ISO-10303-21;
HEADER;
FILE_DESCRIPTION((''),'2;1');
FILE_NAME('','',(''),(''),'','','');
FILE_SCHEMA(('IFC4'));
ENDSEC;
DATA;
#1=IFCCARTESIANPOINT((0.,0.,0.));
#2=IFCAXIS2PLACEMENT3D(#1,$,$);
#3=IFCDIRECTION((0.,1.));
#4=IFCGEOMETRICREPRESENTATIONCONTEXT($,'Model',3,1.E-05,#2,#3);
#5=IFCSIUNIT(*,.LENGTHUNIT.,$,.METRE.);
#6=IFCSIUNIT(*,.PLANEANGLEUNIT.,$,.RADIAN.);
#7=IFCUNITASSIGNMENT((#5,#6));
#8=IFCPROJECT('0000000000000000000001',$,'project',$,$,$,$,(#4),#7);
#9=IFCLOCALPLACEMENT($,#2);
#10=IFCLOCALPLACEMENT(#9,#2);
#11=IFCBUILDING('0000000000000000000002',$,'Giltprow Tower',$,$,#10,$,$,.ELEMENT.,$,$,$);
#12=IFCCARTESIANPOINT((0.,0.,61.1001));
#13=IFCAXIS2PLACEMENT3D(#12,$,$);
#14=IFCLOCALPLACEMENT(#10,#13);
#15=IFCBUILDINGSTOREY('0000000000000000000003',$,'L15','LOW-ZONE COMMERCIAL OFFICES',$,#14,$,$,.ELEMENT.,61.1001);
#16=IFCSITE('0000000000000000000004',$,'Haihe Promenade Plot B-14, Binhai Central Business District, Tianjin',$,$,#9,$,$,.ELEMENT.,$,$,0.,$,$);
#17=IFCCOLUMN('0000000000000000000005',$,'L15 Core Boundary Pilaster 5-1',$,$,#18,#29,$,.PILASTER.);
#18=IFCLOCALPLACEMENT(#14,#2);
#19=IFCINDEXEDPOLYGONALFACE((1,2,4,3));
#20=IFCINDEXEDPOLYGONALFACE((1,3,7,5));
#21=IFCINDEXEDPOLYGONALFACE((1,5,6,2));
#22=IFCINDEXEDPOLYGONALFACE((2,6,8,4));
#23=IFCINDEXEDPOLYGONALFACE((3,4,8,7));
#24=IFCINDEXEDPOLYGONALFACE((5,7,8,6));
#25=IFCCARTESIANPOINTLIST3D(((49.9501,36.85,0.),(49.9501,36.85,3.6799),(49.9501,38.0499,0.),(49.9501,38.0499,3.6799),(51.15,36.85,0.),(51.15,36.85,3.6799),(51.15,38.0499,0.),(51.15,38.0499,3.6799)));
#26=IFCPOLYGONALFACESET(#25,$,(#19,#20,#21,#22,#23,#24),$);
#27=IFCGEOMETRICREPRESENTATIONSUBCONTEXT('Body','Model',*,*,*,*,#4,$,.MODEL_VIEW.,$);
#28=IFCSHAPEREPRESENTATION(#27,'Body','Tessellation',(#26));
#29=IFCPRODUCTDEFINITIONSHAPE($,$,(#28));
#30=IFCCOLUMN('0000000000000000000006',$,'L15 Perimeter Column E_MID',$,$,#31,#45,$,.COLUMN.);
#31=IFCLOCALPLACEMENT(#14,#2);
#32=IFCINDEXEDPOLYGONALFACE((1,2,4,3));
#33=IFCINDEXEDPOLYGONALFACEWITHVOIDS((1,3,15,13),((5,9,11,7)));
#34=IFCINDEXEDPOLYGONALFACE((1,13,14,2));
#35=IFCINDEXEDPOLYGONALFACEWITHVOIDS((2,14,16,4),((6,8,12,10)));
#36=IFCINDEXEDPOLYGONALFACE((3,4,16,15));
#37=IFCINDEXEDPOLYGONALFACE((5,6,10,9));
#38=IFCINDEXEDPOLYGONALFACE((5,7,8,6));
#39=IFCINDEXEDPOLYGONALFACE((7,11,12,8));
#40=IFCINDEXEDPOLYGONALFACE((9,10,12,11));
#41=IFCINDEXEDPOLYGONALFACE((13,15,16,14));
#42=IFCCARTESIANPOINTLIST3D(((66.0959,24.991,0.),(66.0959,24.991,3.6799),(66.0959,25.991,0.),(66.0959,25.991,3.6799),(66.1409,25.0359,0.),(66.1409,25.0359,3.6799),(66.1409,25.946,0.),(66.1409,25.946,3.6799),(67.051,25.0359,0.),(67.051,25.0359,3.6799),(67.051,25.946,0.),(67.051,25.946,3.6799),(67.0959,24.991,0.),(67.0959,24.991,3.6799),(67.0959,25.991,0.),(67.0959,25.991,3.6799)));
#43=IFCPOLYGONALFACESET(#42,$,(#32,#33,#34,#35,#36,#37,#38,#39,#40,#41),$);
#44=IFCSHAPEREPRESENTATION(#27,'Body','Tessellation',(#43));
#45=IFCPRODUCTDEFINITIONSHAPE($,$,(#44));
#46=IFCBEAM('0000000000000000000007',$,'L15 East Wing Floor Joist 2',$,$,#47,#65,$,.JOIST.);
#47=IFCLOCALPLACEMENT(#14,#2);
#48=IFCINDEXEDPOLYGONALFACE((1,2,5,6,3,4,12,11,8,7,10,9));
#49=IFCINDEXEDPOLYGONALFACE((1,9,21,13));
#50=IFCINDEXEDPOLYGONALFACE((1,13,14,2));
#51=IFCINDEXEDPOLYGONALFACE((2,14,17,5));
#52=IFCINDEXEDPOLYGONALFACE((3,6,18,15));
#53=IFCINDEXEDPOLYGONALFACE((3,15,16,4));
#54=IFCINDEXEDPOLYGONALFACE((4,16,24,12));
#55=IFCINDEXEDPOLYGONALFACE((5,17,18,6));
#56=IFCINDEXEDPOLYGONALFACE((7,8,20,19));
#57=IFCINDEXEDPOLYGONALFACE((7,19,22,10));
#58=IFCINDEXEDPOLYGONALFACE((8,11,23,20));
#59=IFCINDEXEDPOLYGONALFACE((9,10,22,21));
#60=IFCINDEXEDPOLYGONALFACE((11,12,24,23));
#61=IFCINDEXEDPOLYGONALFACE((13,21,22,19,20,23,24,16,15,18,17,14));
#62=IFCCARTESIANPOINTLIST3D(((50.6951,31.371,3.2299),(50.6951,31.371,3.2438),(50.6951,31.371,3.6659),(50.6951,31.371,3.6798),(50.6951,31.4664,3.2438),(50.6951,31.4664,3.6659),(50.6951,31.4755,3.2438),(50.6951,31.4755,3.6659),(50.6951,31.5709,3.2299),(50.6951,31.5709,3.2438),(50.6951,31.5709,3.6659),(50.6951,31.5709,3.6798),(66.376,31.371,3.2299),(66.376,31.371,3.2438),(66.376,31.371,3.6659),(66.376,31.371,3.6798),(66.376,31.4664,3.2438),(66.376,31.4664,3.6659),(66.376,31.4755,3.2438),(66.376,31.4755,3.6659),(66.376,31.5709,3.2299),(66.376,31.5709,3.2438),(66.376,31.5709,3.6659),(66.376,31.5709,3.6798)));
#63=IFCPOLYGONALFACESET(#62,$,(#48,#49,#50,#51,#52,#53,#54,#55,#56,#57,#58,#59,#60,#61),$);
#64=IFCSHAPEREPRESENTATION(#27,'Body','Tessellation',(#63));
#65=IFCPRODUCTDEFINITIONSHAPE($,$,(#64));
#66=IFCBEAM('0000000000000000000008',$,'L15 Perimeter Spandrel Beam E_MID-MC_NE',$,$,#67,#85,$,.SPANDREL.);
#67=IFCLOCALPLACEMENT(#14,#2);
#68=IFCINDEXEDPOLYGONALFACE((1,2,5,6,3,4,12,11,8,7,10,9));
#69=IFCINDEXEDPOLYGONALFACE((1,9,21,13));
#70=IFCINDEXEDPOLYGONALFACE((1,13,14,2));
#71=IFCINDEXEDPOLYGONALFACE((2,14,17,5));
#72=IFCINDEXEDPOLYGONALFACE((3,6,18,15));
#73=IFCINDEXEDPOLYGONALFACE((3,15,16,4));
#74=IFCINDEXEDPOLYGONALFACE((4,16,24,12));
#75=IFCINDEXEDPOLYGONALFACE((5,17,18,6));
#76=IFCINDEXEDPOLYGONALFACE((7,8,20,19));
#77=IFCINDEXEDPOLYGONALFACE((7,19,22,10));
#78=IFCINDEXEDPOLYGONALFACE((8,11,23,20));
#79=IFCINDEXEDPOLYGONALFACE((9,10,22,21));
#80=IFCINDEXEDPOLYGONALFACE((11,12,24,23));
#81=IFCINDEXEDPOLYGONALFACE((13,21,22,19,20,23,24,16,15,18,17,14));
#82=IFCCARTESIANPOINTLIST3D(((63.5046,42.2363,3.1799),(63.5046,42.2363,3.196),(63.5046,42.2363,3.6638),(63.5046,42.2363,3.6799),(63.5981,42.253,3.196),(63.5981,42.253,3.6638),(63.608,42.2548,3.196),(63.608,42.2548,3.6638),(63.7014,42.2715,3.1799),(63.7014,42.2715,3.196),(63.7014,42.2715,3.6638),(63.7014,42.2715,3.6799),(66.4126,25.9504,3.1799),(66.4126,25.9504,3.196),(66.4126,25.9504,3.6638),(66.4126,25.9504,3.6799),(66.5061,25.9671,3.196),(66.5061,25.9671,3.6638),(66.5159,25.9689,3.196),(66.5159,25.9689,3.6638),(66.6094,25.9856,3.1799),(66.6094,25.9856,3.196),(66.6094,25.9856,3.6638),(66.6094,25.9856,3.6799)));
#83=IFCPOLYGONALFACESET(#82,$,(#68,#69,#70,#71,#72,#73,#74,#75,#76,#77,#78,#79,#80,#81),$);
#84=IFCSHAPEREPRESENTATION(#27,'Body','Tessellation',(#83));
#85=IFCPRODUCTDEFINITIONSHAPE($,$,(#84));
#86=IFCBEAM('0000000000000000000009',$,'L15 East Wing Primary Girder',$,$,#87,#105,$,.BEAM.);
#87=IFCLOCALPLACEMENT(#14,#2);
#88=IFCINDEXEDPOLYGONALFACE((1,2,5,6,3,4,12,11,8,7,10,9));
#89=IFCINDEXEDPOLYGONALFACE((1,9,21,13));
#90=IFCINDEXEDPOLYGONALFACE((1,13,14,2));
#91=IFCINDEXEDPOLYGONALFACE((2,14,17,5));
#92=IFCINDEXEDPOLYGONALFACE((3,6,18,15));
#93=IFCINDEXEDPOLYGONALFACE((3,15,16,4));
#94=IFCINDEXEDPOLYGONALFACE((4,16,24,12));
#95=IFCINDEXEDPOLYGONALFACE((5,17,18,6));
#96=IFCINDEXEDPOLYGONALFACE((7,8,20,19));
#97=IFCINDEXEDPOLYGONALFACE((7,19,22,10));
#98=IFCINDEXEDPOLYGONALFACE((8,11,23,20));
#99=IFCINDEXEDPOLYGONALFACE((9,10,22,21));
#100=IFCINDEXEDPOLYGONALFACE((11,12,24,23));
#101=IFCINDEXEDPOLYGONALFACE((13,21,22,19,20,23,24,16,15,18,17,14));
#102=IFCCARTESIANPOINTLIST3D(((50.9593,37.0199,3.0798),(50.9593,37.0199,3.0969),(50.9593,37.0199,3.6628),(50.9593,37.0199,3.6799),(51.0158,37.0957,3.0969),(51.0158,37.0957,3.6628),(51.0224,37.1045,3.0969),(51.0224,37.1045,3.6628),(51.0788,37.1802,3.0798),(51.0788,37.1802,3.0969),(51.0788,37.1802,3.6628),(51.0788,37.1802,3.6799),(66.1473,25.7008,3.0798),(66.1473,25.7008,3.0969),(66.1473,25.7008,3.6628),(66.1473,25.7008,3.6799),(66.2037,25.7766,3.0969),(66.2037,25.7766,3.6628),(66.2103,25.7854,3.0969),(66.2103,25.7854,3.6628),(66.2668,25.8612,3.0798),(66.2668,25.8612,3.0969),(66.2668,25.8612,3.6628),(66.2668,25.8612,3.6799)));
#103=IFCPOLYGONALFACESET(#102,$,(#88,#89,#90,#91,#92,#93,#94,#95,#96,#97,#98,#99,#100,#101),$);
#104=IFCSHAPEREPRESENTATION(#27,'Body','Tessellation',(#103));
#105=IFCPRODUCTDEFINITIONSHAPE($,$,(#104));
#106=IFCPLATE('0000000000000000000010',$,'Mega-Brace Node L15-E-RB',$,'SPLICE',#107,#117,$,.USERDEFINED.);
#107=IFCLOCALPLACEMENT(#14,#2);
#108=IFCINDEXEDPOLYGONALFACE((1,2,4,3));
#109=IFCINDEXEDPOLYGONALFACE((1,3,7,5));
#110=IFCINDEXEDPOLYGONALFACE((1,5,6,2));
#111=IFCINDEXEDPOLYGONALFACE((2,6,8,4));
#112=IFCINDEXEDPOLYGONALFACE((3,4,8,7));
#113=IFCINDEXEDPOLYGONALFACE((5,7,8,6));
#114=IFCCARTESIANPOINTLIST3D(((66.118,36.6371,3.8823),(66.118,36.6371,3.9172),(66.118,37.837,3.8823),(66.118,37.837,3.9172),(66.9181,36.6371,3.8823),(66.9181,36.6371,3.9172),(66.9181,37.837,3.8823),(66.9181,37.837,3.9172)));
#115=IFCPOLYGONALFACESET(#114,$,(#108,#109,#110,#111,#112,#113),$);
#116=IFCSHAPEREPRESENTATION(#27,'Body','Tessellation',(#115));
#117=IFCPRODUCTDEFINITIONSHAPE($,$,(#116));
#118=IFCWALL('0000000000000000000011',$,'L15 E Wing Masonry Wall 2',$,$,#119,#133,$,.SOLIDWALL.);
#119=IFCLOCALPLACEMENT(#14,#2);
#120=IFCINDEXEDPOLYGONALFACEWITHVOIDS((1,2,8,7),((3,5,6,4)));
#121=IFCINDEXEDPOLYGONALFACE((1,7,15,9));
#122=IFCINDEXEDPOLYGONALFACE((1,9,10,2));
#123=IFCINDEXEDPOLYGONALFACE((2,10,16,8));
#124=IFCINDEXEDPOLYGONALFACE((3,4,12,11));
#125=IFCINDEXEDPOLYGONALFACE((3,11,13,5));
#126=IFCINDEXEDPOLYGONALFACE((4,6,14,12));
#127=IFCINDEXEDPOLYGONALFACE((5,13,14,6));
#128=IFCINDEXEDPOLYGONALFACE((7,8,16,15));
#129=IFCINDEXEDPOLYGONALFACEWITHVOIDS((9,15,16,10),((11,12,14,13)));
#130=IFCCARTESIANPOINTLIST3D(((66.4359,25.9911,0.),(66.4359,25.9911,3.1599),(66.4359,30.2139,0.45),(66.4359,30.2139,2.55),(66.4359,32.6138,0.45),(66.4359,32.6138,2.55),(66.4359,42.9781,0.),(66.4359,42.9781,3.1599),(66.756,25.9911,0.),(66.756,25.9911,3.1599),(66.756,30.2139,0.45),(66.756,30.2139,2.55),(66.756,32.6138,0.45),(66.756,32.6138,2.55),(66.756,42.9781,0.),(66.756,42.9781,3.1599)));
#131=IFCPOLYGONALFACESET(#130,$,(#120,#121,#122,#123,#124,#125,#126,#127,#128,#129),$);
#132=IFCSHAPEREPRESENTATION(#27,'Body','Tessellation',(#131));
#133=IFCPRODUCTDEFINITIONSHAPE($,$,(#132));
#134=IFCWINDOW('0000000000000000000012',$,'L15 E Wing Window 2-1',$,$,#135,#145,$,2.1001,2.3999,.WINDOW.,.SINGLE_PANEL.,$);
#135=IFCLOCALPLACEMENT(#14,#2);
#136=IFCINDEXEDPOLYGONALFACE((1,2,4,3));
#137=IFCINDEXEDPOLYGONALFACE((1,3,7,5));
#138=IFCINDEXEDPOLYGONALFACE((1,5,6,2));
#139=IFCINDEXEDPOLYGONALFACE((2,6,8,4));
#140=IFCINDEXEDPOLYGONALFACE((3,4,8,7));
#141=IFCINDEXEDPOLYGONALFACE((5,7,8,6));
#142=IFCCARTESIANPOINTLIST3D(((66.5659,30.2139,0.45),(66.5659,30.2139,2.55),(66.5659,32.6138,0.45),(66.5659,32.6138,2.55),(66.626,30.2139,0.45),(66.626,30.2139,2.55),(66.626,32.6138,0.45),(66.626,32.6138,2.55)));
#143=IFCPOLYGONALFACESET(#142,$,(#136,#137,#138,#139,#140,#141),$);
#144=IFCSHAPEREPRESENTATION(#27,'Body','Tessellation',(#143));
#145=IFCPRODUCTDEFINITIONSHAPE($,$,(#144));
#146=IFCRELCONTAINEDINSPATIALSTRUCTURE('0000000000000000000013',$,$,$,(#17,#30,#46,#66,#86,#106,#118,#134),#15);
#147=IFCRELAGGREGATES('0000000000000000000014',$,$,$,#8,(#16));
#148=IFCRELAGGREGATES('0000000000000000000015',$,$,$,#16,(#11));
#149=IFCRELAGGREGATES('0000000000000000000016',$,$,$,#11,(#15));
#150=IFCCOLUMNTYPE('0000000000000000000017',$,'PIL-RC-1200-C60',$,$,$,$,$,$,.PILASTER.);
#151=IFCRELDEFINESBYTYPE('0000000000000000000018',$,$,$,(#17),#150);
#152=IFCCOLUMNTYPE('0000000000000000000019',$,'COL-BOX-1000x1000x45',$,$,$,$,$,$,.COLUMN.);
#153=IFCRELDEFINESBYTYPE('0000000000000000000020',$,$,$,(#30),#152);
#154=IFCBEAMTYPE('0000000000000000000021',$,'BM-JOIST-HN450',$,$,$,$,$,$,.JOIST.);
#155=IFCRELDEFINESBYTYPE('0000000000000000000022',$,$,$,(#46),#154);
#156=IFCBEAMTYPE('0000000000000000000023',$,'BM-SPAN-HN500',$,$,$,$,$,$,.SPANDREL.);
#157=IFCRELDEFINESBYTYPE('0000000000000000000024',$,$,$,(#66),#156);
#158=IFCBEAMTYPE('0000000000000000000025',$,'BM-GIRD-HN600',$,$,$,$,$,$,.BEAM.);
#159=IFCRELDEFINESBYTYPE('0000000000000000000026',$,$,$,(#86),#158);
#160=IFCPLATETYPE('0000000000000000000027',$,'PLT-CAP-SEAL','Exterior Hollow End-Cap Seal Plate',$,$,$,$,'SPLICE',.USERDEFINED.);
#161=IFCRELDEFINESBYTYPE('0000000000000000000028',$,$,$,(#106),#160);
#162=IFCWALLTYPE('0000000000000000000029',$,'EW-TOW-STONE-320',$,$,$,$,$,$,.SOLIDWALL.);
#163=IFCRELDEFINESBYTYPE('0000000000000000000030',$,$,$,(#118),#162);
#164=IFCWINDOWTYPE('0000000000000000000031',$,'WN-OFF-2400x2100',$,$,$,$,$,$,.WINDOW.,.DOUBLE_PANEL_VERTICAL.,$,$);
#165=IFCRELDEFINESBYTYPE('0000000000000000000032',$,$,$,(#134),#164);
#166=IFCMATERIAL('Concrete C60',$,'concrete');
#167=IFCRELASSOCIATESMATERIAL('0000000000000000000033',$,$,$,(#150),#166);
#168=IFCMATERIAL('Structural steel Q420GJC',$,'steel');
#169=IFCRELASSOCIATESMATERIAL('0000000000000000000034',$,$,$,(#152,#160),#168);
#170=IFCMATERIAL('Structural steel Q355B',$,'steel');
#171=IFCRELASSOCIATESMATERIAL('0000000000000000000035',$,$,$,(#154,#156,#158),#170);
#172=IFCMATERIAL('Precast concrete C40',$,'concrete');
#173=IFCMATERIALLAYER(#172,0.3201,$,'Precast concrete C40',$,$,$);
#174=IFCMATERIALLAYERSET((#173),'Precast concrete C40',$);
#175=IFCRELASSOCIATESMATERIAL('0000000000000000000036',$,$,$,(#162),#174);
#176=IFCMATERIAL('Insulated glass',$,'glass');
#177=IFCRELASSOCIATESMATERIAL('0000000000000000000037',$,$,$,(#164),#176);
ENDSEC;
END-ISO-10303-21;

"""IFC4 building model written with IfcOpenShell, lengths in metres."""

from ifc_helpers import new_model, si_unit, direction, frame, frame_2d, origin, origin_2d, place, context, subcontext, project, spatial, rectangle, hollow_rectangle, i_section, extrude, source, transform, mapped, material, layer, layer_set, material_profile, profile_set, type_object, element, fill, save


model = new_model("IFC4")

# Units and contexts
model_context = context("Model", 3, precision=1e-05, world=origin(), true_north=direction((0.0, 1.0)))
body_context = subcontext(model_context, "Body", "Model", "MODEL_VIEW")
ifc_project = project(units=[si_unit("LENGTHUNIT", "METRE"), si_unit("PLANEANGLEUNIT", "RADIAN")], contexts=[model_context])

# Site, building, storey
site_placement = place(None, origin())
site = spatial("IfcSite", under=ifc_project, at=site_placement, Name="Haihe Promenade Plot B-14, Binhai Central Business District, Tianjin", CompositionType="ELEMENT", RefElevation=0.0)
building_placement = place(site_placement, origin())
building = spatial("IfcBuilding", under=site, at=building_placement, Name="Giltprow Tower", CompositionType="ELEMENT")
storey_placement = place(building_placement, frame((0.0, 0.0, 61.1001)))
storey = spatial("IfcBuildingStorey", under=building, at=storey_placement, Name="L15", Description="LOW-ZONE COMMERCIAL OFFICES", CompositionType="ELEMENT", Elevation=61.1001)

# Columns
ifc_material_1 = material(Name="Concrete C60", Category="concrete")
ifc_material_profile_1 = material_profile(ifc_material_1, rectangle(XDim=1.2, YDim=1.2, at=origin_2d()), Name="RC 1200x1200")
ifc_profile_set_1 = profile_set([ifc_material_profile_1], Name="Concrete C60")
column_type_1 = type_object("IfcColumnType", Name="PIL-RC-1200-C60", PredefinedType="PILASTER", material=ifc_profile_set_1)
shared_shape_1 = source(origin(), body_context, "Body", "SweptSolid", [
    extrude(rectangle(XDim=1.2, YDim=1.2, at=origin_2d()), origin(), (0.0, 0.0, 1.0), 3.6799),
])
column_1_placement = place(storey_placement, frame((50.55, 37.45, 0.0), z_axis=(0.0, 0.0, 1.0), x_axis=(1.0, 0.0, 0.0)))
element("IfcColumn", 1, at=column_1_placement, inside=storey, type_object=column_type_1, Name="L15 Core Boundary Pilaster 5-1", PredefinedType="PILASTER", context=body_context, shape_type="MappedRepresentation", body=[
    mapped(shared_shape_1, transform((0.0, 0.0, 0.0), x_axis=(1.0, 0.0, 0.0), y_axis=(0.0, 1.0, 0.0), z_axis=(0.0, 0.0, 1.0), scale=1.0)),
])
ifc_material_2 = material(Name="Structural steel Q420GJC", Category="steel")
ifc_material_profile_2 = material_profile(ifc_material_2, hollow_rectangle(XDim=1.0, YDim=1.0, WallThickness=0.0449, at=origin_2d()), Name="BOX 1000x1000x45")
ifc_profile_set_2 = profile_set([ifc_material_profile_2], Name="Structural steel Q420GJC")
column_type_2 = type_object("IfcColumnType", Name="COL-BOX-1000x1000x45", PredefinedType="COLUMN", material=ifc_profile_set_2)
shared_shape_2 = source(origin(), body_context, "Body", "SweptSolid", [
    extrude(hollow_rectangle(XDim=1.0, YDim=1.0, WallThickness=0.0449, at=origin_2d()), origin(), (0.0, 0.0, 1.0), 3.6799),
])
column_2_placement = place(storey_placement, frame((66.5959, 25.491, 0.0), z_axis=(0.0, 0.0, 1.0), x_axis=(1.0, 0.0, 0.0)))
element("IfcColumn", 2, at=column_2_placement, inside=storey, type_object=column_type_2, Name="L15 Perimeter Column E_MID", PredefinedType="COLUMN", context=body_context, shape_type="MappedRepresentation", body=[
    mapped(shared_shape_2, transform((0.0, 0.0, 0.0), x_axis=(1.0, 0.0, 0.0), y_axis=(0.0, 1.0, 0.0), z_axis=(0.0, 0.0, 1.0), scale=1.0)),
])

# Beams
ifc_material_3 = material(Name="Structural steel Q355B", Category="steel")
ifc_material_profile_3 = material_profile(ifc_material_3, i_section(OverallWidth=0.2, OverallDepth=0.45, WebThickness=0.009, FlangeThickness=0.0139, at=origin_2d()), Name="HN 450x200x9x14")
ifc_profile_set_3 = profile_set([ifc_material_profile_3], Name="Structural steel Q355B")
beam_type_1 = type_object("IfcBeamType", Name="BM-JOIST-HN450", PredefinedType="JOIST", material=ifc_profile_set_3)
shared_shape_3 = source(origin(), body_context, "Body", "SweptSolid", [
    extrude(i_section(OverallWidth=0.2, OverallDepth=0.45, WebThickness=0.009, FlangeThickness=0.0139, at=origin_2d()), origin(), (0.0, 0.0, 1.0), 15.6809),
])
beam_1_placement = place(storey_placement, frame((50.6951, 31.4709, 3.4548), z_axis=(1.0, 0.0, 0.0), x_axis=(0.0, 1.0, 0.0)))
element("IfcBeam", 3, at=beam_1_placement, inside=storey, type_object=beam_type_1, Name="L15 East Wing Floor Joist 2", PredefinedType="JOIST", context=body_context, shape_type="MappedRepresentation", body=[
    mapped(shared_shape_3, transform((0.0, 0.0, 0.0), x_axis=(1.0, 0.0, 0.0), y_axis=(0.0, 1.0, 0.0), z_axis=(0.0, 0.0, 1.0), scale=1.0)),
])
ifc_material_profile_4 = material_profile(ifc_material_3, i_section(OverallWidth=0.2, OverallDepth=0.5, WebThickness=0.01, FlangeThickness=0.0161, at=origin_2d()), Name="HN 500x200x10x16")
ifc_profile_set_4 = profile_set([ifc_material_profile_4], Name="Structural steel Q355B")
beam_type_2 = type_object("IfcBeamType", Name="BM-SPAN-HN500", PredefinedType="SPANDREL", material=ifc_profile_set_4)
shared_shape_4 = source(origin(), body_context, "Body", "SweptSolid", [
    extrude(i_section(OverallWidth=0.2, OverallDepth=0.5, WebThickness=0.01, FlangeThickness=0.0161, at=origin_2d()), origin(), (0.0, 0.0, 1.0), 16.5435),
])
beam_2_placement = place(storey_placement, frame((66.511, 25.968, 3.4299), z_axis=(-0.175777, 0.98443, 0.0), x_axis=(-0.98443, -0.175777, 0.0)))
element("IfcBeam", 4, at=beam_2_placement, inside=storey, type_object=beam_type_2, Name="L15 Perimeter Spandrel Beam E_MID-MC_NE", PredefinedType="SPANDREL", context=body_context, shape_type="MappedRepresentation", body=[
    mapped(shared_shape_4, transform((0.0, 0.0, 0.0), x_axis=(1.0, 0.0, 0.0), y_axis=(0.0, 1.0, 0.0), z_axis=(0.0, 0.0, 1.0), scale=1.0)),
])
ifc_material_profile_5 = material_profile(ifc_material_3, i_section(OverallWidth=0.2, OverallDepth=0.6001, WebThickness=0.011, FlangeThickness=0.0171, at=origin_2d()), Name="HN 600x200x11x17")
ifc_profile_set_5 = profile_set([ifc_material_profile_5], Name="Structural steel Q355B")
beam_type_3 = type_object("IfcBeamType", Name="BM-GIRD-HN600", PredefinedType="BEAM", material=ifc_profile_set_5)
shared_shape_5 = source(origin(), body_context, "Body", "SweptSolid", [
    extrude(i_section(OverallWidth=0.2, OverallDepth=0.6001, WebThickness=0.011, FlangeThickness=0.0171, at=origin_2d()), origin(), (0.0, 0.0, 1.0), 18.9419),
])
beam_3_placement = place(storey_placement, frame((66.207, 25.781, 3.3799), z_axis=(-0.801818, 0.597568, 0.0), x_axis=(-0.597568, -0.801818, 0.0)))
element("IfcBeam", 5, at=beam_3_placement, inside=storey, type_object=beam_type_3, Name="L15 East Wing Primary Girder", PredefinedType="BEAM", context=body_context, shape_type="MappedRepresentation", body=[
    mapped(shared_shape_5, transform((0.0, 0.0, 0.0), x_axis=(1.0, 0.0, 0.0), y_axis=(0.0, 1.0, 0.0), z_axis=(0.0, 0.0, 1.0), scale=1.0)),
])

# Plate
plate_type = type_object("IfcPlateType", Name="PLT-CAP-SEAL", Description="Exterior Hollow End-Cap Seal Plate", ElementType="SPLICE", PredefinedType="USERDEFINED", material=ifc_material_2)
shared_shape_6 = source(origin(), body_context, "Body", "SweptSolid", [
    extrude(rectangle(XDim=1.2, YDim=0.8, at=origin_2d()), origin(), (0.0, 0.0, 1.0), 0.0349),
])
plate_placement = place(storey_placement, frame((66.5181, 37.2371, 3.8823), z_axis=(0.0, 0.0, 1.0), x_axis=(0.0, 1.0, 0.0)))
element("IfcPlate", 6, at=plate_placement, inside=storey, type_object=plate_type, Name="Mega-Brace Node L15-E-RB", ObjectType="SPLICE", PredefinedType="USERDEFINED", context=body_context, shape_type="MappedRepresentation", body=[
    mapped(shared_shape_6, transform((0.0, 0.0, 0.0), x_axis=(1.0, 0.0, 0.0), y_axis=(0.0, 1.0, 0.0), z_axis=(0.0, 0.0, 1.0), scale=1.0)),
])

# Wall, opening, window
ifc_material_4 = material(Name="Precast concrete C40", Category="concrete")
ifc_layer_1 = layer(ifc_material_4, 0.3201, Name="Precast concrete C40")
ifc_layer_set_1 = layer_set([ifc_layer_1], Name="Precast concrete C40")
wall_type_1 = type_object("IfcWallType", Name="EW-TOW-STONE-320", PredefinedType="SOLIDWALL", material=ifc_layer_set_1)
wall_1_placement = place(storey_placement, frame((66.5959, 25.991, 0.0), z_axis=(0.0, 0.0, 1.0), x_axis=(0.0, 1.0, 0.0)))
wall_1 = element("IfcWall", 7, at=wall_1_placement, inside=storey, type_object=wall_type_1, Name="L15 E Wing Masonry Wall 2", PredefinedType="SOLIDWALL", context=body_context, shape_type="SweptSolid", body=[
    extrude(rectangle(XDim=16.9871, YDim=0.3201, at=frame_2d((8.4937, 0.0))), origin(), (0.0, 0.0, 1.0), 3.1599),
])
opening_1_placement = place(wall_1_placement, frame((4.2229, 0.0, 0.45)))
opening_1 = element("IfcOpeningElement", 8, at=opening_1_placement, cuts=wall_1, PredefinedType="OPENING", context=body_context, shape_type="SweptSolid", body=[
    extrude(rectangle(XDim=2.3999, YDim=2.1001, at=frame_2d((1.2, 1.05))), frame((0.0, 0.1699, 0.0), z_axis=(0.0, -1.0, 0.0), x_axis=(1.0, 0.0, 0.0)), (0.0, 0.0, 1.0), 0.3401),
])
ifc_material_5 = material(Name="Insulated glass", Category="glass")
window_type = type_object("IfcWindowType", Name="WN-OFF-2400x2100", PartitioningType="DOUBLE_PANEL_VERTICAL", PredefinedType="WINDOW", material=ifc_material_5)
shared_shape_7 = source(origin(), body_context, "Body", "SweptSolid", [
    extrude(rectangle(XDim=2.3999, YDim=2.1001, at=frame_2d((1.2, 1.05))), frame((0.0, 0.03, 0.0), z_axis=(0.0, -1.0, 0.0), x_axis=(1.0, 0.0, 0.0)), (0.0, 0.0, 1.0), 0.0601),
])
window_placement = place(opening_1_placement, origin())
window = element("IfcWindow", 9, at=window_placement, inside=storey, type_object=window_type, Name="L15 E Wing Window 2-1", OverallHeight=2.1001, OverallWidth=2.3999, PartitioningType="SINGLE_PANEL", PredefinedType="WINDOW", context=body_context, shape_type="MappedRepresentation", body=[
    mapped(shared_shape_7, transform((0.0, 0.0, 0.0), x_axis=(1.0, 0.0, 0.0), y_axis=(0.0, 1.0, 0.0), z_axis=(0.0, 0.0, 1.0), scale=1.0)),
])
fill(opening_1, window)

save(model, "model.ifc")
